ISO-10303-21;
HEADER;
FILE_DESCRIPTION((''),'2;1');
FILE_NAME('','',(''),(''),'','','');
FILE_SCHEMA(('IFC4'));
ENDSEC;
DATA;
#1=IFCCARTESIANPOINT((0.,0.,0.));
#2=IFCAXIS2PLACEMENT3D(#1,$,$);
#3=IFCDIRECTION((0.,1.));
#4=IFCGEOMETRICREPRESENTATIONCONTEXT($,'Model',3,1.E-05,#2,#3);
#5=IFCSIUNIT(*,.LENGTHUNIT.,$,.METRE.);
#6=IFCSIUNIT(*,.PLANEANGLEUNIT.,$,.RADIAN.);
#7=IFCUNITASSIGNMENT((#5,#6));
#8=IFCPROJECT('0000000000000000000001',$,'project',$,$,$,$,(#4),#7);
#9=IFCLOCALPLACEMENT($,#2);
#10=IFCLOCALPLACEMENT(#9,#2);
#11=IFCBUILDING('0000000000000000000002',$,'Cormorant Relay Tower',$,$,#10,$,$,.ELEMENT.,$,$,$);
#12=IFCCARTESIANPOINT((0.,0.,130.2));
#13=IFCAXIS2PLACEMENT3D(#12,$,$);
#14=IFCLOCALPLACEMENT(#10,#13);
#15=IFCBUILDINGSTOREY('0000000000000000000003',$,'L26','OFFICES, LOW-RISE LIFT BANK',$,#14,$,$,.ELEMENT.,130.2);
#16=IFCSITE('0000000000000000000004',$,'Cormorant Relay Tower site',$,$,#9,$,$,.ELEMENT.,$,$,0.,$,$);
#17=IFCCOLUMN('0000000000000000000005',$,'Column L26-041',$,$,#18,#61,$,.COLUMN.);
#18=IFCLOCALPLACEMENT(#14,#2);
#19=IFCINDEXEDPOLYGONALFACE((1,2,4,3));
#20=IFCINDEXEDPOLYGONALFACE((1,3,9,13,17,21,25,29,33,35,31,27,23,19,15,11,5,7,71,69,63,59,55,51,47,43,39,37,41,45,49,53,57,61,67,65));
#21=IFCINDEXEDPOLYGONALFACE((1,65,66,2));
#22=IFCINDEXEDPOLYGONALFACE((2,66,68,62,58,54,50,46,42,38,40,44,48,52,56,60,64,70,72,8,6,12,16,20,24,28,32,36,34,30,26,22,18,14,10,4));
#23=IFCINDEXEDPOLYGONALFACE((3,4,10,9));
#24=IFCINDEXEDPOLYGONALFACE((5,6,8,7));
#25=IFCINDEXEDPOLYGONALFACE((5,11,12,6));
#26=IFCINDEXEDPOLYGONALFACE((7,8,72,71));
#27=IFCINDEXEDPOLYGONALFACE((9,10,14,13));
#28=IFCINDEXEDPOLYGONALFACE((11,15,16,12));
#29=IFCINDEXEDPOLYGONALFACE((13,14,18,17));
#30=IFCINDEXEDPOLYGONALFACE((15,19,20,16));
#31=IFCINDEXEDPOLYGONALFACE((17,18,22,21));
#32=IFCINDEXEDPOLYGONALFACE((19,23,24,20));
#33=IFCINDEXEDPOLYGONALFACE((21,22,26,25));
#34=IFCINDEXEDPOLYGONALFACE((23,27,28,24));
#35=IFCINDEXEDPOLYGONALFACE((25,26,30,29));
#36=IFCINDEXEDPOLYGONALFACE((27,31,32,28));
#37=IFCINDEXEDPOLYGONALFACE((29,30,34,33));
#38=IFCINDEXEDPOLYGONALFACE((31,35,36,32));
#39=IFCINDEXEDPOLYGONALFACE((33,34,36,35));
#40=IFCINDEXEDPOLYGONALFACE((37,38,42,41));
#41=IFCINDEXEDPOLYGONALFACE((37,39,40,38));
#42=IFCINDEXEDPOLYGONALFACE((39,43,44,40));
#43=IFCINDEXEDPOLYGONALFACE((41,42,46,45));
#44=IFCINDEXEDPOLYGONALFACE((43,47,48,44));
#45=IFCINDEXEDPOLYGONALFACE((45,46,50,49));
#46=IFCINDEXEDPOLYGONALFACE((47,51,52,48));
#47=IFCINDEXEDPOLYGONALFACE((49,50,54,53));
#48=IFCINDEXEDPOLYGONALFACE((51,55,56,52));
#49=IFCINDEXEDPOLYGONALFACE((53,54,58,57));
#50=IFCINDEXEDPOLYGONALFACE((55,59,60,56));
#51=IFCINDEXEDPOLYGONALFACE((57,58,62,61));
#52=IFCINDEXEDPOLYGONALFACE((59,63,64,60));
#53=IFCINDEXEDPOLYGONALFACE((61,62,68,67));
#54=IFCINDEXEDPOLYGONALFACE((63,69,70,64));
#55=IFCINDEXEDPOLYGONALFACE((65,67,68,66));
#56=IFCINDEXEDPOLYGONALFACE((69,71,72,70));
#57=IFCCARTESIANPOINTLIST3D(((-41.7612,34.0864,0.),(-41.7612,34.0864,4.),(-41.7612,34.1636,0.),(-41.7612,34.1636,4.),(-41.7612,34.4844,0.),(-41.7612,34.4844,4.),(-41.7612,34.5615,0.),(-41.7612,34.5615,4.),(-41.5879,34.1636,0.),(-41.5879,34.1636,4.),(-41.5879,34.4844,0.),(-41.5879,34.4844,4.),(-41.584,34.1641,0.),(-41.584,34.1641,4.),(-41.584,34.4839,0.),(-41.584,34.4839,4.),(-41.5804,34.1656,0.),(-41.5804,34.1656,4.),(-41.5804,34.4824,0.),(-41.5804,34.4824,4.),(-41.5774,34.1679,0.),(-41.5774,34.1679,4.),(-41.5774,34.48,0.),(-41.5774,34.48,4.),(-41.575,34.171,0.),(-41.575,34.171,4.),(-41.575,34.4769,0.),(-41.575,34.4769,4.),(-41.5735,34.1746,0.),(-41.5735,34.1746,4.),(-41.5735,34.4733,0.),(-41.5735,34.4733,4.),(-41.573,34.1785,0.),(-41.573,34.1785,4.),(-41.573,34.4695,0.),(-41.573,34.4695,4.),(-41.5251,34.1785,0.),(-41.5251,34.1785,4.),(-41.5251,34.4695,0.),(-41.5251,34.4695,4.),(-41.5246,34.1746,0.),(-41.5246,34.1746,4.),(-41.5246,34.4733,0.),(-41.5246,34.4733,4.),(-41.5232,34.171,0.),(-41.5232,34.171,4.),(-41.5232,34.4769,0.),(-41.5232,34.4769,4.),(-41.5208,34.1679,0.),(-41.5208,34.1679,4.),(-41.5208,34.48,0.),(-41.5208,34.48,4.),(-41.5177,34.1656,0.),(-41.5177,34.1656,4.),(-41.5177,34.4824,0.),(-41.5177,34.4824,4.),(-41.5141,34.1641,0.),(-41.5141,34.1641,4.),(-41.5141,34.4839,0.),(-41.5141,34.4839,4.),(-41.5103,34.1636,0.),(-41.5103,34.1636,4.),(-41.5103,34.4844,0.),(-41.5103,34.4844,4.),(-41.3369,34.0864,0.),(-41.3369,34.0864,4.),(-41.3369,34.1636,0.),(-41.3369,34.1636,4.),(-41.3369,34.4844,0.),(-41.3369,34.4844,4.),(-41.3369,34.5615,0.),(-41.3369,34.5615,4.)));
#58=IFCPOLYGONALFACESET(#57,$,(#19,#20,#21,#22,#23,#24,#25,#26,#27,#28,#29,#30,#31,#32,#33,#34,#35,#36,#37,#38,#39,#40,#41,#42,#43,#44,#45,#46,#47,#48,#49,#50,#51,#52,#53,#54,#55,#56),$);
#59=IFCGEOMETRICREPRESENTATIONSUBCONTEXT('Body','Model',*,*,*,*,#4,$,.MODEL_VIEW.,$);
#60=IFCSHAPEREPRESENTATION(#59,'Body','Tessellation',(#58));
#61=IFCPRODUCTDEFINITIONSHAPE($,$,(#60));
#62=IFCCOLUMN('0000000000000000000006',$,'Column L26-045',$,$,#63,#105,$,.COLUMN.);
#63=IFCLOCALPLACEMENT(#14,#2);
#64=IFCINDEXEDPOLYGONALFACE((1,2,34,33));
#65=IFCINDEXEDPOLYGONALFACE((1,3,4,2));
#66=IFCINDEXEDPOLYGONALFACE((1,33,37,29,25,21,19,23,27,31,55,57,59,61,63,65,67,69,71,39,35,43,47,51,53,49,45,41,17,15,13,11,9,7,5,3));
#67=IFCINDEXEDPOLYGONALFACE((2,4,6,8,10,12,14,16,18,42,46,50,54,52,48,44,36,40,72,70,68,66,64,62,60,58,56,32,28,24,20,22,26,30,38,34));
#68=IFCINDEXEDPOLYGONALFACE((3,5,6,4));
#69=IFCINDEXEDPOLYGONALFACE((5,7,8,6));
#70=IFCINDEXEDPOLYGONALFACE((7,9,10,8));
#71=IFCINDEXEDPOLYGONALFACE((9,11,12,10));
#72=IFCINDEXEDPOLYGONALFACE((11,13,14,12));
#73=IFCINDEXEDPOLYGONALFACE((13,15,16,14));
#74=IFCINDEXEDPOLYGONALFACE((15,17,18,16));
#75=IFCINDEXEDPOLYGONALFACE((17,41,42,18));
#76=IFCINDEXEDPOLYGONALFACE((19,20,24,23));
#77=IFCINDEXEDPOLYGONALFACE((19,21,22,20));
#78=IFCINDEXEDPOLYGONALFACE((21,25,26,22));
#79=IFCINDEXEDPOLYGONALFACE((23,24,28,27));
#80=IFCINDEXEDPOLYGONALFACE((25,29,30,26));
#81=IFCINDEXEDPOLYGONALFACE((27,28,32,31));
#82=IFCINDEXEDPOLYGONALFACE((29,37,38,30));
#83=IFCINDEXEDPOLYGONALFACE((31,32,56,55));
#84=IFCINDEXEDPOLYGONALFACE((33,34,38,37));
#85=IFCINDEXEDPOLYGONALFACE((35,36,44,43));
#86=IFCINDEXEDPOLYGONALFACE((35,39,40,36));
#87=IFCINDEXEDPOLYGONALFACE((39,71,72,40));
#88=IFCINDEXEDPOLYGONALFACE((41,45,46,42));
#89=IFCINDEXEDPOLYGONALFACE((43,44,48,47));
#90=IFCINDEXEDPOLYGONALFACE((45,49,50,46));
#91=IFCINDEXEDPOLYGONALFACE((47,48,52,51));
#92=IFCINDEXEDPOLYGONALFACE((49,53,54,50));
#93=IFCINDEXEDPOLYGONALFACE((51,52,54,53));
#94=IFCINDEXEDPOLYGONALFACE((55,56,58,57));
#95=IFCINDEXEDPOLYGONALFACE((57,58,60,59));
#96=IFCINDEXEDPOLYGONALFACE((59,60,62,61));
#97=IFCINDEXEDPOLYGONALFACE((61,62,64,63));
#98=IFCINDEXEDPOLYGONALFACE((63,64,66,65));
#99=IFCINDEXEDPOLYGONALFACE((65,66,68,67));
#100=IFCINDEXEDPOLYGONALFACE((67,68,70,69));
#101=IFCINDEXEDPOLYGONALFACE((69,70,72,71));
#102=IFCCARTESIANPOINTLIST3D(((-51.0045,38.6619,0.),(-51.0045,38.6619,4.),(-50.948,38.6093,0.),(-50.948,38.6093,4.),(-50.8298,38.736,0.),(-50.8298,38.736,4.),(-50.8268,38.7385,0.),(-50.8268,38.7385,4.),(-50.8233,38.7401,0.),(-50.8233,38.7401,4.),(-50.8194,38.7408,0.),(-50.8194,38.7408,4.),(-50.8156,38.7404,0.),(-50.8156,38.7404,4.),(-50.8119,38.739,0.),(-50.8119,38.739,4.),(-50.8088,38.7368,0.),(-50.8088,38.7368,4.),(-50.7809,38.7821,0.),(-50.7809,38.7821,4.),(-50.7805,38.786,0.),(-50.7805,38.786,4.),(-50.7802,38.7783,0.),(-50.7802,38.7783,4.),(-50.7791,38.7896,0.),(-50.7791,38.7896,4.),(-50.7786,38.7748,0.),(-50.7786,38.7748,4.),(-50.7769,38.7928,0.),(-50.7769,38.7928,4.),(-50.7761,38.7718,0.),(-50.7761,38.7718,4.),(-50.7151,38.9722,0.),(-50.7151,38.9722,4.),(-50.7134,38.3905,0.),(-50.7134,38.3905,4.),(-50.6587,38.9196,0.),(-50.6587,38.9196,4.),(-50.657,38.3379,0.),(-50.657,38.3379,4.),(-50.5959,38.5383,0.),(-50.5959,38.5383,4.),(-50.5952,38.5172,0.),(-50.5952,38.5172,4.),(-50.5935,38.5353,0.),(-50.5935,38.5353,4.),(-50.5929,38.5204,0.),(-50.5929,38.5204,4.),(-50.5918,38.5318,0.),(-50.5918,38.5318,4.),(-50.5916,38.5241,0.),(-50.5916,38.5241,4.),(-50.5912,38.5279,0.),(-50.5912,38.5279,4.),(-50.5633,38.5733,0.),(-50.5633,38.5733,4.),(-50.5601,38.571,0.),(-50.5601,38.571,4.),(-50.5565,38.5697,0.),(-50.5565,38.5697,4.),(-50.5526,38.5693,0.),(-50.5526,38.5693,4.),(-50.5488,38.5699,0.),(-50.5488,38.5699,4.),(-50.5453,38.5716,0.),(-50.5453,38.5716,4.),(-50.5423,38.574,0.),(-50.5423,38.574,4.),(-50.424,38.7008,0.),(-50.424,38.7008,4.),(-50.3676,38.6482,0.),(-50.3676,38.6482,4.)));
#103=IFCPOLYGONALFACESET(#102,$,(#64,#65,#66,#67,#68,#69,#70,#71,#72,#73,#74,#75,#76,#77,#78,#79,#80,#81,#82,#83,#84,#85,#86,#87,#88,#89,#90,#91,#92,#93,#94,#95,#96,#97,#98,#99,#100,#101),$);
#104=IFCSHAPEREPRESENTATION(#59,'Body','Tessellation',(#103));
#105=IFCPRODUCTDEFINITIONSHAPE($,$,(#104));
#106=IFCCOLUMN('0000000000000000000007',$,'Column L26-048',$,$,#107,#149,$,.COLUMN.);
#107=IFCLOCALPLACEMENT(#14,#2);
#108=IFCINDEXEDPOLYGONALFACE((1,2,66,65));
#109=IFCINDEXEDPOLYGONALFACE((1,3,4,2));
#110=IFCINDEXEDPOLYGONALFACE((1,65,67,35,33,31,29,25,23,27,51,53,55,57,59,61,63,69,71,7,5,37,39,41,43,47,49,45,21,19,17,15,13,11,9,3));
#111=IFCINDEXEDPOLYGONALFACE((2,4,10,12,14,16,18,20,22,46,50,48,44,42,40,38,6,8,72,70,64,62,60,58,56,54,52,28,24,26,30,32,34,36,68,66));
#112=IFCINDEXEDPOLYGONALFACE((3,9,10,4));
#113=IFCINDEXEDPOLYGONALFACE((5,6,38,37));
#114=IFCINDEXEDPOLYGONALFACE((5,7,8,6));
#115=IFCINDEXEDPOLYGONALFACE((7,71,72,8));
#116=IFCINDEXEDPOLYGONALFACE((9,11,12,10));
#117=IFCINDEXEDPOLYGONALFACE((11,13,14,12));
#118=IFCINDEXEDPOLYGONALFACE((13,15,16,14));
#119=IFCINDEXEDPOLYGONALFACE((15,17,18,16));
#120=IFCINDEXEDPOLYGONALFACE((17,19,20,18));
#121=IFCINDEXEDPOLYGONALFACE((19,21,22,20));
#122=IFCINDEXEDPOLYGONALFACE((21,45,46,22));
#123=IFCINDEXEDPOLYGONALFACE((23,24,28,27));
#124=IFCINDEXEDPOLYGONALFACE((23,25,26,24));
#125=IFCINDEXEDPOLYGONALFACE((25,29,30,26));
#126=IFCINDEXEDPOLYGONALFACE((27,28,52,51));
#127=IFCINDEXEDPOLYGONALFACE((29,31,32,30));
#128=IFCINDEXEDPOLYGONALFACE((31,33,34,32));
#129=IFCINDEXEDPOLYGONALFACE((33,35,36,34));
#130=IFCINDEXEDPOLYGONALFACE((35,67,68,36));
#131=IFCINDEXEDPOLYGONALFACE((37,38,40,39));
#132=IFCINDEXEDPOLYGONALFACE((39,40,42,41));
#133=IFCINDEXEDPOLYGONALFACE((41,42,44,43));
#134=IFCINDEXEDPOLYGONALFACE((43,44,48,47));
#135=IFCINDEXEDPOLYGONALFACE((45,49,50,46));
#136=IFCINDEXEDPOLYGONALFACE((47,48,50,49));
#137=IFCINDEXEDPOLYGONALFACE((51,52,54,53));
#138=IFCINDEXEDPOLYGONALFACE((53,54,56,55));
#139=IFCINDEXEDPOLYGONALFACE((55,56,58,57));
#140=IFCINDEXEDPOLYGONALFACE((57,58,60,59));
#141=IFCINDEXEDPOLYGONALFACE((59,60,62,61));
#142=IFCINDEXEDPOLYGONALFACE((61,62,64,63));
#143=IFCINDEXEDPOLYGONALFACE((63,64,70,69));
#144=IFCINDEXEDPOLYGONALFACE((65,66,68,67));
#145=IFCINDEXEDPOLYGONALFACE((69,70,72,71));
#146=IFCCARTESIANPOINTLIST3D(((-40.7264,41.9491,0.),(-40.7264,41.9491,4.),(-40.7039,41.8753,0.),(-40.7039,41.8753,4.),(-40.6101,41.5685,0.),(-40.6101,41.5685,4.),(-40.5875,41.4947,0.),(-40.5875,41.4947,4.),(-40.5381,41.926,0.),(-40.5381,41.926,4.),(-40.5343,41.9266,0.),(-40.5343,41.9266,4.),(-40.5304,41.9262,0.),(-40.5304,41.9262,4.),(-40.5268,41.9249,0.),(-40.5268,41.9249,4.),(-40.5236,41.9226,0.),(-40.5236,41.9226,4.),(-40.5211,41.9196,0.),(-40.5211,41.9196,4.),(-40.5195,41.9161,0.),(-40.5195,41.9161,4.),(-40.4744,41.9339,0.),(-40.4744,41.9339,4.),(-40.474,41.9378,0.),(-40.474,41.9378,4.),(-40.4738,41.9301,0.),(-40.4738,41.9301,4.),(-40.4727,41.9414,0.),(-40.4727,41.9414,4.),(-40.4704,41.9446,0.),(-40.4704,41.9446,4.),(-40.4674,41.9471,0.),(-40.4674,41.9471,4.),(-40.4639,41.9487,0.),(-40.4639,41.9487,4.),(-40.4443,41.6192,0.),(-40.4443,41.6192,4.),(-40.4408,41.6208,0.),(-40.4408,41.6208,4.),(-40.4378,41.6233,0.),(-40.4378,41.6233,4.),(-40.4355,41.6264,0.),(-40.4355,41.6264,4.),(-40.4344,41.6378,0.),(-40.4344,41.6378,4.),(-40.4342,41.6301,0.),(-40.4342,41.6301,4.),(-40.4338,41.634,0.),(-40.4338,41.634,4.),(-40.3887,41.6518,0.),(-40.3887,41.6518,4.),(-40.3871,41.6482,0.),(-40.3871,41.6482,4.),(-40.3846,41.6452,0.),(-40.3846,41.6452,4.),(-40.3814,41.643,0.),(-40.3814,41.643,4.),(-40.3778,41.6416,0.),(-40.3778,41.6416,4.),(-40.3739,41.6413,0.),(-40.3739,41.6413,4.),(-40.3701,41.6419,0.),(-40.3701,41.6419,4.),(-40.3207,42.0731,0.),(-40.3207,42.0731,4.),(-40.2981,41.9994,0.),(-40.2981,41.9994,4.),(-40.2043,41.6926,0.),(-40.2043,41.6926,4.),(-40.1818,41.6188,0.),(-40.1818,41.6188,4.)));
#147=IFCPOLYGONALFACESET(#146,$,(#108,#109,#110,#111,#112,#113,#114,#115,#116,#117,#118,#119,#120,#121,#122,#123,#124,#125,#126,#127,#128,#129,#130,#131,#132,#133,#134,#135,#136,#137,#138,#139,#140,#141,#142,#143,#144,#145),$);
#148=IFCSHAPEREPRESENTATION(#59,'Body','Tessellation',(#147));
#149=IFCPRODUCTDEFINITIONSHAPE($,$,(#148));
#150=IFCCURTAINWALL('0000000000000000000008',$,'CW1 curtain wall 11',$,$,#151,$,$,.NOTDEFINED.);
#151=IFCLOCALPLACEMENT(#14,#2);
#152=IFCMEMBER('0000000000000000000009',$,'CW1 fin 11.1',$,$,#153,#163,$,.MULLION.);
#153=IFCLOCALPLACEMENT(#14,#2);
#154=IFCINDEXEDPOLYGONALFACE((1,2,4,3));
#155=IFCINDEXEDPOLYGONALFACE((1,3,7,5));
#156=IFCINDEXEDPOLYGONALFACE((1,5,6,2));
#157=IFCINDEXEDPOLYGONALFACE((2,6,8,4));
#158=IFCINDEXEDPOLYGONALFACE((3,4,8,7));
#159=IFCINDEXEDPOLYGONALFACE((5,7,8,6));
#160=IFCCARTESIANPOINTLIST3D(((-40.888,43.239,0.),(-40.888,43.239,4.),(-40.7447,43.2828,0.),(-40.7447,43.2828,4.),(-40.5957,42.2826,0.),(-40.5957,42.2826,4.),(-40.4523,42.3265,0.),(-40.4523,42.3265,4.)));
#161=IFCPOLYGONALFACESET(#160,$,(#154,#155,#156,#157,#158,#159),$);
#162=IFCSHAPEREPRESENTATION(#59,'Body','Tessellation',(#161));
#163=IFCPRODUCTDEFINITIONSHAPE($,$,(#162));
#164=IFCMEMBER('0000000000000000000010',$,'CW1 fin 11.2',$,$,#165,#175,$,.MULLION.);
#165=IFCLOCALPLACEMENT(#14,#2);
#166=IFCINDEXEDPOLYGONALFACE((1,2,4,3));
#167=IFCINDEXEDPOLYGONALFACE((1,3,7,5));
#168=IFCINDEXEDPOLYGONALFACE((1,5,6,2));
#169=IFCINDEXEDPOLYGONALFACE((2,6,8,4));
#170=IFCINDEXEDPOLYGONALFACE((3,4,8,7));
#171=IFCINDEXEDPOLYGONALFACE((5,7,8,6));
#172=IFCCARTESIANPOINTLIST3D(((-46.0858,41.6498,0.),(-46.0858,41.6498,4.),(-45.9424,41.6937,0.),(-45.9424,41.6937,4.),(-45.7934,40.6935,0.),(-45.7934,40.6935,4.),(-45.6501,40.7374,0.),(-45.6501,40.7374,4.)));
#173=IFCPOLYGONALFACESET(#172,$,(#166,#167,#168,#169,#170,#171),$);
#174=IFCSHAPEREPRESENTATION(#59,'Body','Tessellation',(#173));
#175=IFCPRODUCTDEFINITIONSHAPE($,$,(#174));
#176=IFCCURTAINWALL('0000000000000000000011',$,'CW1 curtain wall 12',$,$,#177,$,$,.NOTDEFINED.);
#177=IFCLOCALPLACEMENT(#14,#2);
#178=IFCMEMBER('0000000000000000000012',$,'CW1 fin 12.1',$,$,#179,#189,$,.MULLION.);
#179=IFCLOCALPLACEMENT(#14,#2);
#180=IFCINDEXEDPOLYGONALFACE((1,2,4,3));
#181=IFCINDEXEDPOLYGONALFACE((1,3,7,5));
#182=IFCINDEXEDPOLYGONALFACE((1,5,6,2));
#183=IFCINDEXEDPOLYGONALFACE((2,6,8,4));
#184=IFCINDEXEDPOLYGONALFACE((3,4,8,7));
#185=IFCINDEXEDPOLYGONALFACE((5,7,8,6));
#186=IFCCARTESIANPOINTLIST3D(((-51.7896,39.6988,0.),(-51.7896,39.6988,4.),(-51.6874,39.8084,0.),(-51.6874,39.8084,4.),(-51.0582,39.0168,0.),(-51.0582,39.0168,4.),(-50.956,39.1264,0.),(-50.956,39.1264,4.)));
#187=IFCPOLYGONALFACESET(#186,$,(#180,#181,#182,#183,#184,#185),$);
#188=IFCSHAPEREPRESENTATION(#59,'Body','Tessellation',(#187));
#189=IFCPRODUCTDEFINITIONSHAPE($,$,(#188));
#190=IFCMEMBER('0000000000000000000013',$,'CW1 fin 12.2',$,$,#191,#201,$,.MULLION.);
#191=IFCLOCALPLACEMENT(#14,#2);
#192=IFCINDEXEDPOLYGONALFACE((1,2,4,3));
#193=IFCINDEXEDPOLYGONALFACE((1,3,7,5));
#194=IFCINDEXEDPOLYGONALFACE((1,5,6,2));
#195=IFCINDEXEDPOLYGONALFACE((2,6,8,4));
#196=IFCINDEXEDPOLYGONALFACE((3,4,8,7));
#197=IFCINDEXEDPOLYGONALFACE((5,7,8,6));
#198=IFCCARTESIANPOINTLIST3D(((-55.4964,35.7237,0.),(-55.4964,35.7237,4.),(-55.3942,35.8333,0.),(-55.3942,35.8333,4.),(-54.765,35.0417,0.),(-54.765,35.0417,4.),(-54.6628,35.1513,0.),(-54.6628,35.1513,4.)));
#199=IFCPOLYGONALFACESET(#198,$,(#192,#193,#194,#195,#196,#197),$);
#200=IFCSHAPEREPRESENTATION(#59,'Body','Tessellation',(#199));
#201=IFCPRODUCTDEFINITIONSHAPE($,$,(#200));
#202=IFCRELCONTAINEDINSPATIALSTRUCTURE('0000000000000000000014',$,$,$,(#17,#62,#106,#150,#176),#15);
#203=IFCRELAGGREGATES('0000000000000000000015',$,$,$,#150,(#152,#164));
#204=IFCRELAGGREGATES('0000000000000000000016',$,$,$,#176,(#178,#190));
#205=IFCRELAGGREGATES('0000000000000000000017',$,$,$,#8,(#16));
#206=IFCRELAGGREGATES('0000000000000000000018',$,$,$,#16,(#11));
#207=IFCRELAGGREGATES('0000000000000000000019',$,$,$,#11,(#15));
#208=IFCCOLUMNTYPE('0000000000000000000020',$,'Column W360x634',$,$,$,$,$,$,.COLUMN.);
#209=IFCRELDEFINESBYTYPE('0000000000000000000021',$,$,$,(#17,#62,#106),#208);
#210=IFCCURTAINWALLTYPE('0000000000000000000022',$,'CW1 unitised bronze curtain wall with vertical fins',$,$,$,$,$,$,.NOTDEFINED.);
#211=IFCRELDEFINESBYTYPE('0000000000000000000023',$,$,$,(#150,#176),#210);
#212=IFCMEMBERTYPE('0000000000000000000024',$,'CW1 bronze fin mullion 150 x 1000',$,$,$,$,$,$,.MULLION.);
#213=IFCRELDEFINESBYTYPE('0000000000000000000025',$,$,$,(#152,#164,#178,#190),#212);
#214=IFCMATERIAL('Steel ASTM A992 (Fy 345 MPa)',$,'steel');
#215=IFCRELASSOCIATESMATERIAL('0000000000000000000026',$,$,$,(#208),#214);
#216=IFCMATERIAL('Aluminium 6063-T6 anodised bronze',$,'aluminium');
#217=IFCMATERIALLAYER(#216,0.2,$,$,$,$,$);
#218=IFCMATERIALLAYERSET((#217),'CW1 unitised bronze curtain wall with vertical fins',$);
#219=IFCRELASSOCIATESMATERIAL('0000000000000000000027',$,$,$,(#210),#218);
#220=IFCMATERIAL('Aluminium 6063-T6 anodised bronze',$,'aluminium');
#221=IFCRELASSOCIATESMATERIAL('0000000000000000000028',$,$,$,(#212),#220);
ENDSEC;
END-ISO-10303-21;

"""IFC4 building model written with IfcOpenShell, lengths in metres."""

from ifc_helpers import new_model, si_unit, direction, frame, origin, origin_2d, place, context, subcontext, project, spatial, rectangle, i_section, extrude, material, layer, layer_set, material_profile, profile_set, type_object, element, aggregate, save


model = new_model("IFC4")

# Units and contexts
model_context = context("Model", 3, precision=1e-05, world=origin(), true_north=direction((0.0, 1.0)))
body_context = subcontext(model_context, "Body", "Model", "MODEL_VIEW")
ifc_project = project(units=[si_unit("LENGTHUNIT", "METRE"), si_unit("PLANEANGLEUNIT", "RADIAN")], contexts=[model_context])

# Site, building, storey
site_placement = place(None, origin())
site = spatial("IfcSite", under=ifc_project, at=site_placement, Name="Cormorant Relay Tower site", CompositionType="ELEMENT", RefElevation=0.0)
building_placement = place(site_placement, origin())
building = spatial("IfcBuilding", under=site, at=building_placement, Name="Cormorant Relay Tower", CompositionType="ELEMENT")
storey_placement = place(building_placement, frame((0.0, 0.0, 130.2)))
storey = spatial("IfcBuildingStorey", under=building, at=storey_placement, Name="L26", Description="OFFICES, LOW-RISE LIFT BANK", CompositionType="ELEMENT", Elevation=130.2)

# Columns
ifc_material_1 = material(Name="Steel ASTM A992 (Fy 345 MPa)", Category="steel")
ifc_material_profile_1 = material_profile(ifc_material_1, i_section(OverallWidth=0.4243, OverallDepth=0.4751, WebThickness=0.0479, FlangeThickness=0.0771, FilletRadius=0.0149, at=origin_2d()), Name="W360x634")
ifc_profile_set_1 = profile_set([ifc_material_profile_1], Name="Steel ASTM A992 (Fy 345 MPa)")
column_type = type_object("IfcColumnType", Name="Column W360x634", PredefinedType="COLUMN", material=ifc_profile_set_1)
for number, where, z_axis, x_axis, name in (
    (1, (-41.5491, 34.324, 0.0), (0.0, 0.0, 1.0), (1.0, 0.0, 0.0), "Column L26-041"),
    (2, (-50.686, 38.655, 0.0), (0.0, 0.0, 1.0), (-0.681998, -0.731354, 0.0), "Column L26-045"),
    (3, (-40.4541, 41.7839, 0.0), (0.0, 0.0, 1.0), (-0.956305, -0.292372, 0.0), "Column L26-048"),
):
    element("IfcColumn", number, at=place(storey_placement, frame(where, z_axis=z_axis, x_axis=x_axis)), inside=storey, type_object=column_type, Name=name, PredefinedType="COLUMN", context=body_context, shape_type="SweptSolid", body=[
        extrude(i_section(OverallWidth=0.4243, OverallDepth=0.4751, WebThickness=0.0479, FlangeThickness=0.0771, FilletRadius=0.0149, at=origin_2d()), origin(), (0.0, 0.0, 1.0), 4.0),
    ])

# Curtain walls, members
ifc_material_2 = material(Name="Aluminium 6063-T6 anodised bronze", Category="aluminium")
ifc_layer_1 = layer(ifc_material_2, 0.2)
ifc_layer_set_1 = layer_set([ifc_layer_1], Name="CW1 unitised bronze curtain wall with vertical fins")
curtain_wall_type = type_object("IfcCurtainWallType", Name="CW1 unitised bronze curtain wall with vertical fins", PredefinedType="NOTDEFINED", material=ifc_layer_set_1)
curtain_wall_1_placement = place(storey_placement, origin())
curtain_wall_1 = element("IfcCurtainWall", 4, at=curtain_wall_1_placement, inside=storey, type_object=curtain_wall_type, Name="CW1 curtain wall 11", PredefinedType="NOTDEFINED")
ifc_material_3 = material(Name="Aluminium 6063-T6 anodised bronze", Category="aluminium")
ifc_material_profile_2 = material_profile(ifc_material_3, rectangle(XDim=0.1499, YDim=1.0, at=origin_2d()), Name="AL 150x1000")
ifc_profile_set_2 = profile_set([ifc_material_profile_2], Name="Aluminium 6063-T6 anodised bronze")
member_type_1 = type_object("IfcMemberType", Name="CW1 bronze fin mullion 150 x 1000", PredefinedType="MULLION", material=ifc_profile_set_2)
member_1_placement = place(storey_placement, frame((-40.6702, 42.7827, 0.0), z_axis=(0.0, 0.0, 1.0), x_axis=(-0.956305, -0.292372, 0.0)))
member_1 = element("IfcMember", 5, at=member_1_placement, type_object=member_type_1, Name="CW1 fin 11.1", PredefinedType="MULLION", context=body_context, shape_type="SweptSolid", body=[
    extrude(rectangle(XDim=0.1499, YDim=1.0, at=origin_2d()), origin(), (0.0, 0.0, 1.0), 4.0),
])
member_2_placement = place(storey_placement, frame((-45.8679, 41.1936, 0.0), z_axis=(0.0, 0.0, 1.0), x_axis=(-0.956305, -0.292372, 0.0)))
member_2 = element("IfcMember", 6, at=member_2_placement, type_object=member_type_1, Name="CW1 fin 11.2", PredefinedType="MULLION", context=body_context, shape_type="SweptSolid", body=[
    extrude(rectangle(XDim=0.1499, YDim=1.0, at=origin_2d()), origin(), (0.0, 0.0, 1.0), 4.0),
])
curtain_wall_2_placement = place(storey_placement, origin())
curtain_wall_2 = element("IfcCurtainWall", 7, at=curtain_wall_2_placement, inside=storey, type_object=curtain_wall_type, Name="CW1 curtain wall 12", PredefinedType="NOTDEFINED")
member_3_placement = place(storey_placement, frame((-51.3728, 39.4126, 0.0), z_axis=(0.0, 0.0, 1.0), x_axis=(-0.681998, -0.731354, 0.0)))
member_3 = element("IfcMember", 8, at=member_3_placement, type_object=member_type_1, Name="CW1 fin 12.1", PredefinedType="MULLION", context=body_context, shape_type="SweptSolid", body=[
    extrude(rectangle(XDim=0.1499, YDim=1.0, at=origin_2d()), origin(), (0.0, 0.0, 1.0), 4.0),
])
member_4_placement = place(storey_placement, frame((-55.0796, 35.4375, 0.0), z_axis=(0.0, 0.0, 1.0), x_axis=(-0.681998, -0.731354, 0.0)))
member_4 = element("IfcMember", 9, at=member_4_placement, type_object=member_type_1, Name="CW1 fin 12.2", PredefinedType="MULLION", context=body_context, shape_type="SweptSolid", body=[
    extrude(rectangle(XDim=0.1499, YDim=1.0, at=origin_2d()), origin(), (0.0, 0.0, 1.0), 4.0),
])

aggregate(curtain_wall_1, [member_1, member_2])
aggregate(curtain_wall_2, [member_3, member_4])

save(model, "model.ifc")
